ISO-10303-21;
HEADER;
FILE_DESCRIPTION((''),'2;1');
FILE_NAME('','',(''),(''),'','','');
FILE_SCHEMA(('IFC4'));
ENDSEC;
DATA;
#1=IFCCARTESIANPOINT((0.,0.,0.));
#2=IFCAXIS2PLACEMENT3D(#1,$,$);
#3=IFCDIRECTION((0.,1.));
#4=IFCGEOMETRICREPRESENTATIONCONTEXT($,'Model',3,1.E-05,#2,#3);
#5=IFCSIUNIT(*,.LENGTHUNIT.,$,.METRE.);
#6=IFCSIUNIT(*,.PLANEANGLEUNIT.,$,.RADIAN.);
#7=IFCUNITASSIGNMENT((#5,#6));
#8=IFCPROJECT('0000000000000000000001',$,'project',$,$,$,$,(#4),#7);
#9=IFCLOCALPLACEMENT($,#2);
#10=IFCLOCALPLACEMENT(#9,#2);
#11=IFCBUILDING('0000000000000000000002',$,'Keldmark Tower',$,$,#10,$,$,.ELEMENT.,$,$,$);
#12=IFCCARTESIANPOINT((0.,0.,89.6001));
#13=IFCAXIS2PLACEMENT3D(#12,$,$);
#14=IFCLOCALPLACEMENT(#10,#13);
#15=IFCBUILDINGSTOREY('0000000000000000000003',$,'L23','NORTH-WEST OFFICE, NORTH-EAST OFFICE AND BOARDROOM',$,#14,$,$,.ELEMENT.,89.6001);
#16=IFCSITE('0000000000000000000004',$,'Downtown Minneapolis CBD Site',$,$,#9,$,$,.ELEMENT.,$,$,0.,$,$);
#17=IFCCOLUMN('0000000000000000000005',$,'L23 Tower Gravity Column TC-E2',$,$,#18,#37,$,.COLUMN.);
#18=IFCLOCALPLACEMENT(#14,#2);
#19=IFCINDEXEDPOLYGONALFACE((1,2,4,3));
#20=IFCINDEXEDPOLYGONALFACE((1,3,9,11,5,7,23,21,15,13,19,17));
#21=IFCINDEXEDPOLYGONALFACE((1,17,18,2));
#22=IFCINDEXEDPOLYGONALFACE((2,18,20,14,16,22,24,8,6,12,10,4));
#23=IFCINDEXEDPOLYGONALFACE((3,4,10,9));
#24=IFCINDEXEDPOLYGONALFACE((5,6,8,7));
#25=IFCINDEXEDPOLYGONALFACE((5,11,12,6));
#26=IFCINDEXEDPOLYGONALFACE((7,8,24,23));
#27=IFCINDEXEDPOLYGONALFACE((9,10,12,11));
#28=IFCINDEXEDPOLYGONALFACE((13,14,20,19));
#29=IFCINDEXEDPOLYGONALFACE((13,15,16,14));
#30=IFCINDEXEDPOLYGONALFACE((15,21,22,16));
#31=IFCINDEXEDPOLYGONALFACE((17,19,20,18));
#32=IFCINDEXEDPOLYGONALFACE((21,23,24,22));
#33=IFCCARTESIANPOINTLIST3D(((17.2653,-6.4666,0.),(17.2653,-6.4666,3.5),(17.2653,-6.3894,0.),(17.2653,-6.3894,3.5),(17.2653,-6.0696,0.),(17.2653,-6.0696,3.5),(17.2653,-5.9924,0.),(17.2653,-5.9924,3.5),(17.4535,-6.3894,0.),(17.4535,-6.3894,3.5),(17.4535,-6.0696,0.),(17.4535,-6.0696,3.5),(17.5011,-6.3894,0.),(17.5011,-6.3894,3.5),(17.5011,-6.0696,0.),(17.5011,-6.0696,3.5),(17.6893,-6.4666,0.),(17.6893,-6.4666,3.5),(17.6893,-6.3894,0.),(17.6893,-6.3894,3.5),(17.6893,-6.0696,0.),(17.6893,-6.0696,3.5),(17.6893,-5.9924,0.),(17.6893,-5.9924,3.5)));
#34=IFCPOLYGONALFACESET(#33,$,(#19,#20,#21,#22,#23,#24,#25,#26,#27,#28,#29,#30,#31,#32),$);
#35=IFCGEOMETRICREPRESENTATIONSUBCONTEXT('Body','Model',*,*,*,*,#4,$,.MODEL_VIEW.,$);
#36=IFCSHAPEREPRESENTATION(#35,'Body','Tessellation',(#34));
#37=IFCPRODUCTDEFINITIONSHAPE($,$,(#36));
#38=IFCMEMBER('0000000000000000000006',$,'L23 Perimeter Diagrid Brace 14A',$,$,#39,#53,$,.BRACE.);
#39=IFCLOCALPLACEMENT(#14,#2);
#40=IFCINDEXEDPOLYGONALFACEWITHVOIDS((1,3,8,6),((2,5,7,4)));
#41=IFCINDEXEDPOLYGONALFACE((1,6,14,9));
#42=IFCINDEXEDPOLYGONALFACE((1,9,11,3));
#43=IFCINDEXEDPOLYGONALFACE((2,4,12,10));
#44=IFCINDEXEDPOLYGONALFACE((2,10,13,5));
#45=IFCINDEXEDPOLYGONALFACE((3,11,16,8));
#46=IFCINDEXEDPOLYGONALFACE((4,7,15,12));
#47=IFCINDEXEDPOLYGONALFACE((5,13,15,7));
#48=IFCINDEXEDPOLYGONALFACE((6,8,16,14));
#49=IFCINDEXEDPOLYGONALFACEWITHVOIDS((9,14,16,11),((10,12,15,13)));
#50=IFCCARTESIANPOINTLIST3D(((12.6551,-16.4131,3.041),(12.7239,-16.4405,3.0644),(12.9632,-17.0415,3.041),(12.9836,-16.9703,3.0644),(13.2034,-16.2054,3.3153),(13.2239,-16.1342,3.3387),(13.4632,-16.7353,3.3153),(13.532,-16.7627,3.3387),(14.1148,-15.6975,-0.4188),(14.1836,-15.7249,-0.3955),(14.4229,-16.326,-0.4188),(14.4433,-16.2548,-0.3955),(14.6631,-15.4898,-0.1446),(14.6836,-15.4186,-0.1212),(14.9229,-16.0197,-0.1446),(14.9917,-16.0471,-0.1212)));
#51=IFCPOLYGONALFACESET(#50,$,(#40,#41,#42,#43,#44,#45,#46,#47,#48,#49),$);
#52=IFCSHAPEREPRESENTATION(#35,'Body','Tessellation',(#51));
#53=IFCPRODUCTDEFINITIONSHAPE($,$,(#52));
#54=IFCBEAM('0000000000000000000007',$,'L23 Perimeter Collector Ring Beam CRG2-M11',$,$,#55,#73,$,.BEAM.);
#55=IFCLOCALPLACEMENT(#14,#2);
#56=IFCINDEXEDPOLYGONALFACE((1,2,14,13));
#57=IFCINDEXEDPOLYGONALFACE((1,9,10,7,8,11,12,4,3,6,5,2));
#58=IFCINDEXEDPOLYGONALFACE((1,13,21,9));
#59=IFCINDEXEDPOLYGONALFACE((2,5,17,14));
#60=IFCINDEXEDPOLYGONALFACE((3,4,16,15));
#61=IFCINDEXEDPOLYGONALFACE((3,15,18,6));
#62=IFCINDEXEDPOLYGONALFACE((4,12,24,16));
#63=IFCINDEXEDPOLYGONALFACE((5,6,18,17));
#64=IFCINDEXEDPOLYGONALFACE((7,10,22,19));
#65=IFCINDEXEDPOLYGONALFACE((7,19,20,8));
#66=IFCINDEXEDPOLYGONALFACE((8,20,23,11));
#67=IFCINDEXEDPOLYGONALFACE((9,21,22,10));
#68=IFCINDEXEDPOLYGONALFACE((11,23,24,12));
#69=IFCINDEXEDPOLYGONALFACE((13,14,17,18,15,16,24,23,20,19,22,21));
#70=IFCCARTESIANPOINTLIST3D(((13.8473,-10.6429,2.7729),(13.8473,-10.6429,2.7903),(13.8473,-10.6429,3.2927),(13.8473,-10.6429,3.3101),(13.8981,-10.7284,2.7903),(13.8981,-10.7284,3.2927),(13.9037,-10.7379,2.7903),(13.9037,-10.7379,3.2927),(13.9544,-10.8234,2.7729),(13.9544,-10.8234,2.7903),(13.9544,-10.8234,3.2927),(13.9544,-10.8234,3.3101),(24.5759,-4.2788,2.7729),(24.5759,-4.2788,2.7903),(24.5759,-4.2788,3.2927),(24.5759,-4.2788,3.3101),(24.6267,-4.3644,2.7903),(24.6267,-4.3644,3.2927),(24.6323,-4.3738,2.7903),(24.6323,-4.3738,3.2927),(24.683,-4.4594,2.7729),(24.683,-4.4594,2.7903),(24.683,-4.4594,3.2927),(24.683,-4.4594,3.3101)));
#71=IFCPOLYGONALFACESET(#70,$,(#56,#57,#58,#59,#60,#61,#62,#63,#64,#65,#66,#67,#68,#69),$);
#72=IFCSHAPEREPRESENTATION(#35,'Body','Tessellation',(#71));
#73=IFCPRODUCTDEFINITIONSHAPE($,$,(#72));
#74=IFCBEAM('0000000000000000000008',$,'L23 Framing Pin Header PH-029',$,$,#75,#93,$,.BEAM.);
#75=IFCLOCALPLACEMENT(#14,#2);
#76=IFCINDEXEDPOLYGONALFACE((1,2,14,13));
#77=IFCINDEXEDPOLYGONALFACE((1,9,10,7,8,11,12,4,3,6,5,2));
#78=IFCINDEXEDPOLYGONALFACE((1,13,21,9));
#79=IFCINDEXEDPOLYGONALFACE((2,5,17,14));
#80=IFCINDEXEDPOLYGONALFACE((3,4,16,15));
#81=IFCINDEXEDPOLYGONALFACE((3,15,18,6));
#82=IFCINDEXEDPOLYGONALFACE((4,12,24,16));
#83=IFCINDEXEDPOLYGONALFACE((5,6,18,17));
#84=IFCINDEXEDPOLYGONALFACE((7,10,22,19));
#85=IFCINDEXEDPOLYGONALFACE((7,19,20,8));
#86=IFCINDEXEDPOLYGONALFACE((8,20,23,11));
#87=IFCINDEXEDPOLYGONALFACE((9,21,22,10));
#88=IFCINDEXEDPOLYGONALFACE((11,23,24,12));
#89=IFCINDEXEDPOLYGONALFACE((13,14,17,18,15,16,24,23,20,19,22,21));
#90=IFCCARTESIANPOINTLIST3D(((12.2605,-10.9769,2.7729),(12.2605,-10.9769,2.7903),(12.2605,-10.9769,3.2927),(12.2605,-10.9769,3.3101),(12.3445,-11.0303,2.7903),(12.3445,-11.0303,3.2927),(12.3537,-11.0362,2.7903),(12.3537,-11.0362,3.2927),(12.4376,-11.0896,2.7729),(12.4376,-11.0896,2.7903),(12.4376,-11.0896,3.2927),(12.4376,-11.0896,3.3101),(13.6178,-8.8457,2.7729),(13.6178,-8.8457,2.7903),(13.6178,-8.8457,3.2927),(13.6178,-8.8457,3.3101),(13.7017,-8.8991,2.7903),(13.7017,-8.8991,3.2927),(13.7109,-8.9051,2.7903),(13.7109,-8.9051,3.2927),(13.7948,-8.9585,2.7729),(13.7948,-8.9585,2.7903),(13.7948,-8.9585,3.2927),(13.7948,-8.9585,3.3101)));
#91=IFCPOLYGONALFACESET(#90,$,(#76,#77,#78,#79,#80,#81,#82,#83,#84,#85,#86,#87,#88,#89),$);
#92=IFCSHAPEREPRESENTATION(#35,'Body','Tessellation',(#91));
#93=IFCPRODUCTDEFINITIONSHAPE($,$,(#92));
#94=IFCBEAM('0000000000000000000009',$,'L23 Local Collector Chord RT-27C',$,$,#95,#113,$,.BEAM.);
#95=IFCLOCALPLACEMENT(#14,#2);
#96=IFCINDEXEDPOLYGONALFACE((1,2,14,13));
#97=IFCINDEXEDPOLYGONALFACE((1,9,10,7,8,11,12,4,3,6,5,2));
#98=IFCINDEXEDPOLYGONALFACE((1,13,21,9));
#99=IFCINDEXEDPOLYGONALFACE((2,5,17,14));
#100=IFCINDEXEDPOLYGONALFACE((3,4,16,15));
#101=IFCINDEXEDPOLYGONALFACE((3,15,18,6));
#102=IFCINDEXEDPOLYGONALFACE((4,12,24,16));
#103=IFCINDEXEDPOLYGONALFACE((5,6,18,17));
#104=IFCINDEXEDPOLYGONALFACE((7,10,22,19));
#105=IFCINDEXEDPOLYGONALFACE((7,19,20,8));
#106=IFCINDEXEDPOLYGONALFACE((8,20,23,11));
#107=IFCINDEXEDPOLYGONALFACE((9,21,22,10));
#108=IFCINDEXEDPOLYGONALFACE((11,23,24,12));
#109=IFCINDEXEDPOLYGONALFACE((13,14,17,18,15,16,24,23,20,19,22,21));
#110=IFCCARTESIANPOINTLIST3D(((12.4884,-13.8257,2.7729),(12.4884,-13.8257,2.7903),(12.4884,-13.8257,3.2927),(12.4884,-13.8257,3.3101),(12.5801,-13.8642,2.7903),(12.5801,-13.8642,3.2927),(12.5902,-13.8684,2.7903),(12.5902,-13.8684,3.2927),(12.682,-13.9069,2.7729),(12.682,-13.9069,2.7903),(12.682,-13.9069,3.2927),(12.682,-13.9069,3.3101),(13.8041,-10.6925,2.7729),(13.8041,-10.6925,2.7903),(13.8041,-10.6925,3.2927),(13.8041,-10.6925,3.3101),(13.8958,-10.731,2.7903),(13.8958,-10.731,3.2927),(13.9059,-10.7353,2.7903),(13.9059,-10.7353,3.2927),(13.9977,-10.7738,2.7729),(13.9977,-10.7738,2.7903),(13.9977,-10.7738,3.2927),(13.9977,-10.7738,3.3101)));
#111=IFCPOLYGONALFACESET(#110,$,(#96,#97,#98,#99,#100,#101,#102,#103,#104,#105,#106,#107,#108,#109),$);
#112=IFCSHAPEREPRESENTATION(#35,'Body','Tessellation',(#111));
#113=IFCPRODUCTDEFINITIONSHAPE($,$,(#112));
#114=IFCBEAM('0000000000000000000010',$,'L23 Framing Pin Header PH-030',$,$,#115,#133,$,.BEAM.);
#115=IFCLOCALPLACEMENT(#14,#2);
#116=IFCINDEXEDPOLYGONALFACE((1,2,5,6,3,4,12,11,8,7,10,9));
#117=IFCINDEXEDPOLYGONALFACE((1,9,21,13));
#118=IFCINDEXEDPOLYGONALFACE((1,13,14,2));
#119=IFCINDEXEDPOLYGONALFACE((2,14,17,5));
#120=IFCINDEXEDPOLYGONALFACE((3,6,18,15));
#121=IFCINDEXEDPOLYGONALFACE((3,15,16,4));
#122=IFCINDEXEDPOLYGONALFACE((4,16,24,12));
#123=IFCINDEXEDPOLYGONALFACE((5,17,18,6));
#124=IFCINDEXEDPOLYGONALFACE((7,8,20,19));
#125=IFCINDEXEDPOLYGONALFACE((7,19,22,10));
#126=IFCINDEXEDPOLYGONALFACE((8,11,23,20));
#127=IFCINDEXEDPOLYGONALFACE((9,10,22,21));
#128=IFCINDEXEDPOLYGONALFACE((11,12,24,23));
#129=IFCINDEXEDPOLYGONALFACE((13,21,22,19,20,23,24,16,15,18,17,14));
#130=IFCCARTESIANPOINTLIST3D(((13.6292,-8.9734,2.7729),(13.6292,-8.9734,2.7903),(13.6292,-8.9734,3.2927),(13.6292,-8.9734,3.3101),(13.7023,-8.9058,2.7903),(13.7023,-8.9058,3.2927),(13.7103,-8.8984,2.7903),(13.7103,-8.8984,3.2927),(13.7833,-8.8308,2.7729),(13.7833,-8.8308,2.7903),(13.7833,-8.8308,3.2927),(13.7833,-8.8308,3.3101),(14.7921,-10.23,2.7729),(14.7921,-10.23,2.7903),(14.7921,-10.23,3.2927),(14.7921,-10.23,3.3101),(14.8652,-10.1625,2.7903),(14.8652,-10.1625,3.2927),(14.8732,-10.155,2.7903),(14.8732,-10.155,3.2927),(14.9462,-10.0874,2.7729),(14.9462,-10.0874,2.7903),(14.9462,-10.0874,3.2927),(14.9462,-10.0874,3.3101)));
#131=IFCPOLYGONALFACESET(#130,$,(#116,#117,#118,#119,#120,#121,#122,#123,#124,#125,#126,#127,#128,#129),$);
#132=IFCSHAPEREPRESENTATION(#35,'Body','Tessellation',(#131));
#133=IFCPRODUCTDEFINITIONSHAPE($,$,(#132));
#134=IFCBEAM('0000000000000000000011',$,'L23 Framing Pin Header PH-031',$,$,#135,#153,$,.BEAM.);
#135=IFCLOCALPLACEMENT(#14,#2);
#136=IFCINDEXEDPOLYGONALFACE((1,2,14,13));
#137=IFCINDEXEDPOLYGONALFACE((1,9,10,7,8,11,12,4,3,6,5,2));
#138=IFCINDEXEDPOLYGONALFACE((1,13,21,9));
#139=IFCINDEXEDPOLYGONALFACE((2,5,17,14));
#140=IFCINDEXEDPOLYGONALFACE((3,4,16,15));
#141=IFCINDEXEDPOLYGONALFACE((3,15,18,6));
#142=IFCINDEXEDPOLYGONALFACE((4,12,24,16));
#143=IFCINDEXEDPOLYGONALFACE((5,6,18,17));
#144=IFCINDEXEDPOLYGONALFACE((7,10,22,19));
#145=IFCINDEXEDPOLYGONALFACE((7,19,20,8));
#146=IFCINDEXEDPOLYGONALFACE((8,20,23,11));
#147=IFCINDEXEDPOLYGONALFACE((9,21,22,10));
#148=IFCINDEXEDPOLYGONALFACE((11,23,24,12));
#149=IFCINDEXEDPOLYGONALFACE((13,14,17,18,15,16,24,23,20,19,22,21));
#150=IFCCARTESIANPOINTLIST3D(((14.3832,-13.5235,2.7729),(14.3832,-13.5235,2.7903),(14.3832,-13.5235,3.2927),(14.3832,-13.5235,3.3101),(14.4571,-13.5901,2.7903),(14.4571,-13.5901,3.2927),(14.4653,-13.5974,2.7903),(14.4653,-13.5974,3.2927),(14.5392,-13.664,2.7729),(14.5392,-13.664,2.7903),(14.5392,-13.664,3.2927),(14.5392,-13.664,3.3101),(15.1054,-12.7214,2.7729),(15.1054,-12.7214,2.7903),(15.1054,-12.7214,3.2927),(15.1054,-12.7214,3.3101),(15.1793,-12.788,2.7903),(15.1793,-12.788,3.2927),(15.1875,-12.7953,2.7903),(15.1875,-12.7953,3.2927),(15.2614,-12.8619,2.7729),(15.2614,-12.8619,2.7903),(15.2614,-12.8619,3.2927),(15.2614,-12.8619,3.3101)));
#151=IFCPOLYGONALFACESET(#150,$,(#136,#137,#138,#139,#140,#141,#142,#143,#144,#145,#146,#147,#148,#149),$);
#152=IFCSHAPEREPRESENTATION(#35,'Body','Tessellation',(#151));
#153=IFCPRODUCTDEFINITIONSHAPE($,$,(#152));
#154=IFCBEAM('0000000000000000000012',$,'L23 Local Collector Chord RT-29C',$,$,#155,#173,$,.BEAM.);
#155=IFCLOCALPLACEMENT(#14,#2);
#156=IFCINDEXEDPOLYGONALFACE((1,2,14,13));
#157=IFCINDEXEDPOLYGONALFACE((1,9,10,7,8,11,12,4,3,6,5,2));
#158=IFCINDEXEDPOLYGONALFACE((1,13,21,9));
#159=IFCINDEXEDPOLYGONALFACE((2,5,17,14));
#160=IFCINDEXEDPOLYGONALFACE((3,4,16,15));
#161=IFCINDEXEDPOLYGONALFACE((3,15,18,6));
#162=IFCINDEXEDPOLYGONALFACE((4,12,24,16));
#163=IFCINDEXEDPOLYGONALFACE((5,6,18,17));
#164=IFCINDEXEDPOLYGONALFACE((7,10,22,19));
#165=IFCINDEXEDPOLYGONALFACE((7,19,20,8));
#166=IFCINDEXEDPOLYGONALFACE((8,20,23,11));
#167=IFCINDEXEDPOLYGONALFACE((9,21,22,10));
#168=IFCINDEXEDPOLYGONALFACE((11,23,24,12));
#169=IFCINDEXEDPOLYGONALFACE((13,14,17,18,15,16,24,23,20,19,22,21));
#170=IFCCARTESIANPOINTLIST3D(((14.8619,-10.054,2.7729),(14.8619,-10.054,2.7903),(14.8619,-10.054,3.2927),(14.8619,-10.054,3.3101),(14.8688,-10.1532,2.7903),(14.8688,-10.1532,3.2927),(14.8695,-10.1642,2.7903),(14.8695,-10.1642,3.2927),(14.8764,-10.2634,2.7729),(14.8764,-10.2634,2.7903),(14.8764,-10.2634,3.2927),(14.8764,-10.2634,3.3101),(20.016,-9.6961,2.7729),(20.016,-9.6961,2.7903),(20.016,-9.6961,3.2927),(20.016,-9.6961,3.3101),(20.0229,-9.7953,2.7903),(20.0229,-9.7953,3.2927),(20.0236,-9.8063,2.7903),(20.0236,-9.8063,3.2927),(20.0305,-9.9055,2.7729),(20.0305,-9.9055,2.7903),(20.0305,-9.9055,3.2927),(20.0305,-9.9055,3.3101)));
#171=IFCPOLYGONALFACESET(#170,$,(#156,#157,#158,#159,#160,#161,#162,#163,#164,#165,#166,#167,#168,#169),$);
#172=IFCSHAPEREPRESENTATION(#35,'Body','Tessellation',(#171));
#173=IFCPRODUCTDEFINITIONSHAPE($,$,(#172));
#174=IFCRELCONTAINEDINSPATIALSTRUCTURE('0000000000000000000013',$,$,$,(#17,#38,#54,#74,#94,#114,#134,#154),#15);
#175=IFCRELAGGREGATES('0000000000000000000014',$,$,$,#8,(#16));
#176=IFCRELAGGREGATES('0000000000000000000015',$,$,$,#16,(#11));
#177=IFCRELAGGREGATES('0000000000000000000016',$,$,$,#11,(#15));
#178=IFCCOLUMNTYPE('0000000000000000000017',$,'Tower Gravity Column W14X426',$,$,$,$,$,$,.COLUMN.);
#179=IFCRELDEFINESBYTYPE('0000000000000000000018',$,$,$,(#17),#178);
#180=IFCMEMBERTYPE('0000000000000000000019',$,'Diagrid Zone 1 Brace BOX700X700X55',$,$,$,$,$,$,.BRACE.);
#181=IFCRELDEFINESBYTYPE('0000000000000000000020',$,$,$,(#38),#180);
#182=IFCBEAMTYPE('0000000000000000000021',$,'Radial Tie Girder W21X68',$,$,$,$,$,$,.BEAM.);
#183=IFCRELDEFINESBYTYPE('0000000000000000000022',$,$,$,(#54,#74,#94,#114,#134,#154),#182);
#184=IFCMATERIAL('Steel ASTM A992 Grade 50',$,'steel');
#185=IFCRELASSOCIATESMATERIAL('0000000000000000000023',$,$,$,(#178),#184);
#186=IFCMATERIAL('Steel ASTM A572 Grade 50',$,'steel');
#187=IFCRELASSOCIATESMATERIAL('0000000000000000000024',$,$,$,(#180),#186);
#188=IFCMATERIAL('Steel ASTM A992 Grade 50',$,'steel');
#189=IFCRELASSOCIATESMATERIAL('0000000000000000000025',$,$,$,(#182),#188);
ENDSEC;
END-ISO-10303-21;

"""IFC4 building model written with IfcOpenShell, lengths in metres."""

from ifc_helpers import new_model, si_unit, direction, frame, origin, origin_2d, place, context, subcontext, project, spatial, hollow_rectangle, i_section, extrude, material, material_profile, profile_set, type_object, element, save


model = new_model("IFC4")

# Units and contexts
model_context = context("Model", 3, precision=1e-05, world=origin(), true_north=direction((0.0, 1.0)))
body_context = subcontext(model_context, "Body", "Model", "MODEL_VIEW")
ifc_project = project(units=[si_unit("LENGTHUNIT", "METRE"), si_unit("PLANEANGLEUNIT", "RADIAN")], contexts=[model_context])

# Site, building, storey
site_placement = place(None, origin())
site = spatial("IfcSite", under=ifc_project, at=site_placement, Name="Downtown Minneapolis CBD Site", CompositionType="ELEMENT", RefElevation=0.0)
building_placement = place(site_placement, origin())
building = spatial("IfcBuilding", under=site, at=building_placement, Name="Keldmark Tower", CompositionType="ELEMENT")
storey_placement = place(building_placement, frame((0.0, 0.0, 89.6001)))
storey = spatial("IfcBuildingStorey", under=building, at=storey_placement, Name="L23", Description="NORTH-WEST OFFICE, NORTH-EAST OFFICE AND BOARDROOM", CompositionType="ELEMENT", Elevation=89.6001)

# Column
ifc_material_1 = material(Name="Steel ASTM A992 Grade 50", Category="steel")
ifc_material_profile_1 = material_profile(ifc_material_1, i_section(OverallWidth=0.4241, OverallDepth=0.4741, WebThickness=0.0476, FlangeThickness=0.0771, at=origin_2d()), Name="W14X426")
ifc_profile_set_1 = profile_set([ifc_material_profile_1], Name="Steel ASTM A992 Grade 50")
column_type = type_object("IfcColumnType", Name="Tower Gravity Column W14X426", PredefinedType="COLUMN", material=ifc_profile_set_1)
column_placement = place(storey_placement, frame((17.4773, -6.2295, 0.0), z_axis=(0.0, 0.0, 1.0), x_axis=(1.0, 0.0, 0.0)))
element("IfcColumn", 1, at=column_placement, inside=storey, type_object=column_type, Name="L23 Tower Gravity Column TC-E2", PredefinedType="COLUMN", context=body_context, shape_type="SweptSolid", body=[
    extrude(i_section(OverallWidth=0.4241, OverallDepth=0.4741, WebThickness=0.0476, FlangeThickness=0.0771, at=origin_2d()), origin(), (0.0, 0.0, 1.0), 3.5),
])

# Member
ifc_material_2 = material(Name="Steel ASTM A572 Grade 50", Category="steel")
ifc_material_profile_2 = material_profile(ifc_material_2, hollow_rectangle(XDim=0.7, YDim=0.7, WallThickness=0.0549, at=origin_2d()), Name="BOX700X700X55")
ifc_profile_set_2 = profile_set([ifc_material_profile_2], Name="Steel ASTM A572 Grade 50")
member_type = type_object("IfcMemberType", Name="Diagrid Zone 1 Brace BOX700X700X55", PredefinedType="BRACE", material=ifc_profile_set_2)
member_placement = place(storey_placement, frame((14.5532, -15.8723, -0.27), z_axis=(-0.38184, -0.187184, 0.905075), x_axis=(0.440171, -0.897914, 0.0)))
element("IfcMember", 2, at=member_placement, inside=storey, type_object=member_type, Name="L23 Perimeter Diagrid Brace 14A", PredefinedType="BRACE", context=body_context, shape_type="SweptSolid", body=[
    extrude(hollow_rectangle(XDim=0.7, YDim=0.7, WallThickness=0.0549, at=origin_2d()), origin(), (0.0, 0.0, 1.0), 3.8228),
])

# Beams
ifc_material_3 = material(Name="Steel ASTM A992 Grade 50", Category="steel")
ifc_material_profile_3 = material_profile(ifc_material_3, i_section(OverallWidth=0.21, OverallDepth=0.5371, WebThickness=0.011, FlangeThickness=0.0173, at=origin_2d()), Name="W21X68")
ifc_profile_set_3 = profile_set([ifc_material_profile_3], Name="Steel ASTM A992 Grade 50")
beam_type_1 = type_object("IfcBeamType", Name="Radial Tie Girder W21X68", PredefinedType="BEAM", material=ifc_profile_set_3)
beam_1_placement = place(storey_placement, frame((13.9009, -10.7332, 3.0415), z_axis=(0.860067, 0.510181, 0.0), x_axis=(-0.510181, 0.860067, 0.0)))
element("IfcBeam", 3, at=beam_1_placement, inside=storey, type_object=beam_type_1, Name="L23 Perimeter Collector Ring Beam CRG2-M11", PredefinedType="BEAM", context=body_context, shape_type="SweptSolid", body=[
    extrude(i_section(OverallWidth=0.21, OverallDepth=0.5371, WebThickness=0.011, FlangeThickness=0.0173, at=origin_2d()), origin(), (0.0, 0.0, 1.0), 12.4741),
])
beam_2_placement = place(storey_placement, frame((13.7063, -8.9021, 3.0415), z_axis=(-0.537163, -0.843478, 0.0), x_axis=(0.843478, -0.537163, 0.0)))
element("IfcBeam", 4, at=beam_2_placement, inside=storey, type_object=beam_type_1, Name="L23 Framing Pin Header PH-029", PredefinedType="BEAM", context=body_context, shape_type="SweptSolid", body=[
    extrude(i_section(OverallWidth=0.21, OverallDepth=0.5371, WebThickness=0.011, FlangeThickness=0.0173, at=origin_2d()), origin(), (0.0, 0.0, 1.0), 2.5266),
])
beam_3_placement = place(storey_placement, frame((13.9009, -10.7332, 3.0415), z_axis=(-0.38718, -0.922004, 0.0), x_axis=(0.922004, -0.38718, 0.0)))
element("IfcBeam", 5, at=beam_3_placement, inside=storey, type_object=beam_type_1, Name="L23 Local Collector Chord RT-27C", PredefinedType="BEAM", context=body_context, shape_type="SweptSolid", body=[
    extrude(i_section(OverallWidth=0.21, OverallDepth=0.5371, WebThickness=0.011, FlangeThickness=0.0173, at=origin_2d()), origin(), (0.0, 0.0, 1.0), 3.3982),
])
beam_4_placement = place(storey_placement, frame((13.7063, -8.9021, 3.0415), z_axis=(0.679198, -0.733955, 0.0), x_axis=(0.733955, 0.679198, 0.0)))
element("IfcBeam", 6, at=beam_4_placement, inside=storey, type_object=beam_type_1, Name="L23 Framing Pin Header PH-030", PredefinedType="BEAM", context=body_context, shape_type="SweptSolid", body=[
    extrude(i_section(OverallWidth=0.21, OverallDepth=0.5371, WebThickness=0.011, FlangeThickness=0.0173, at=origin_2d()), origin(), (0.0, 0.0, 1.0), 1.7122),
])
beam_5_placement = place(storey_placement, frame((14.4612, -13.5938, 3.0415), z_axis=(0.669152, 0.743125, 0.0), x_axis=(-0.743125, 0.669152, 0.0)))
element("IfcBeam", 7, at=beam_5_placement, inside=storey, type_object=beam_type_1, Name="L23 Framing Pin Header PH-031", PredefinedType="BEAM", context=body_context, shape_type="SweptSolid", body=[
    extrude(i_section(OverallWidth=0.21, OverallDepth=0.5371, WebThickness=0.011, FlangeThickness=0.0173, at=origin_2d()), origin(), (0.0, 0.0, 1.0), 1.0793),
])
beam_6_placement = place(storey_placement, frame((14.8691, -10.1587, 3.0415), z_axis=(0.997598, 0.069276, 0.0), x_axis=(-0.069276, 0.997598, 0.0)))
element("IfcBeam", 8, at=beam_6_placement, inside=storey, type_object=beam_type_1, Name="L23 Local Collector Chord RT-29C", PredefinedType="BEAM", context=body_context, shape_type="SweptSolid", body=[
    extrude(i_section(OverallWidth=0.21, OverallDepth=0.5371, WebThickness=0.011, FlangeThickness=0.0173, at=origin_2d()), origin(), (0.0, 0.0, 1.0), 5.1665),
])

save(model, "model.ifc")
